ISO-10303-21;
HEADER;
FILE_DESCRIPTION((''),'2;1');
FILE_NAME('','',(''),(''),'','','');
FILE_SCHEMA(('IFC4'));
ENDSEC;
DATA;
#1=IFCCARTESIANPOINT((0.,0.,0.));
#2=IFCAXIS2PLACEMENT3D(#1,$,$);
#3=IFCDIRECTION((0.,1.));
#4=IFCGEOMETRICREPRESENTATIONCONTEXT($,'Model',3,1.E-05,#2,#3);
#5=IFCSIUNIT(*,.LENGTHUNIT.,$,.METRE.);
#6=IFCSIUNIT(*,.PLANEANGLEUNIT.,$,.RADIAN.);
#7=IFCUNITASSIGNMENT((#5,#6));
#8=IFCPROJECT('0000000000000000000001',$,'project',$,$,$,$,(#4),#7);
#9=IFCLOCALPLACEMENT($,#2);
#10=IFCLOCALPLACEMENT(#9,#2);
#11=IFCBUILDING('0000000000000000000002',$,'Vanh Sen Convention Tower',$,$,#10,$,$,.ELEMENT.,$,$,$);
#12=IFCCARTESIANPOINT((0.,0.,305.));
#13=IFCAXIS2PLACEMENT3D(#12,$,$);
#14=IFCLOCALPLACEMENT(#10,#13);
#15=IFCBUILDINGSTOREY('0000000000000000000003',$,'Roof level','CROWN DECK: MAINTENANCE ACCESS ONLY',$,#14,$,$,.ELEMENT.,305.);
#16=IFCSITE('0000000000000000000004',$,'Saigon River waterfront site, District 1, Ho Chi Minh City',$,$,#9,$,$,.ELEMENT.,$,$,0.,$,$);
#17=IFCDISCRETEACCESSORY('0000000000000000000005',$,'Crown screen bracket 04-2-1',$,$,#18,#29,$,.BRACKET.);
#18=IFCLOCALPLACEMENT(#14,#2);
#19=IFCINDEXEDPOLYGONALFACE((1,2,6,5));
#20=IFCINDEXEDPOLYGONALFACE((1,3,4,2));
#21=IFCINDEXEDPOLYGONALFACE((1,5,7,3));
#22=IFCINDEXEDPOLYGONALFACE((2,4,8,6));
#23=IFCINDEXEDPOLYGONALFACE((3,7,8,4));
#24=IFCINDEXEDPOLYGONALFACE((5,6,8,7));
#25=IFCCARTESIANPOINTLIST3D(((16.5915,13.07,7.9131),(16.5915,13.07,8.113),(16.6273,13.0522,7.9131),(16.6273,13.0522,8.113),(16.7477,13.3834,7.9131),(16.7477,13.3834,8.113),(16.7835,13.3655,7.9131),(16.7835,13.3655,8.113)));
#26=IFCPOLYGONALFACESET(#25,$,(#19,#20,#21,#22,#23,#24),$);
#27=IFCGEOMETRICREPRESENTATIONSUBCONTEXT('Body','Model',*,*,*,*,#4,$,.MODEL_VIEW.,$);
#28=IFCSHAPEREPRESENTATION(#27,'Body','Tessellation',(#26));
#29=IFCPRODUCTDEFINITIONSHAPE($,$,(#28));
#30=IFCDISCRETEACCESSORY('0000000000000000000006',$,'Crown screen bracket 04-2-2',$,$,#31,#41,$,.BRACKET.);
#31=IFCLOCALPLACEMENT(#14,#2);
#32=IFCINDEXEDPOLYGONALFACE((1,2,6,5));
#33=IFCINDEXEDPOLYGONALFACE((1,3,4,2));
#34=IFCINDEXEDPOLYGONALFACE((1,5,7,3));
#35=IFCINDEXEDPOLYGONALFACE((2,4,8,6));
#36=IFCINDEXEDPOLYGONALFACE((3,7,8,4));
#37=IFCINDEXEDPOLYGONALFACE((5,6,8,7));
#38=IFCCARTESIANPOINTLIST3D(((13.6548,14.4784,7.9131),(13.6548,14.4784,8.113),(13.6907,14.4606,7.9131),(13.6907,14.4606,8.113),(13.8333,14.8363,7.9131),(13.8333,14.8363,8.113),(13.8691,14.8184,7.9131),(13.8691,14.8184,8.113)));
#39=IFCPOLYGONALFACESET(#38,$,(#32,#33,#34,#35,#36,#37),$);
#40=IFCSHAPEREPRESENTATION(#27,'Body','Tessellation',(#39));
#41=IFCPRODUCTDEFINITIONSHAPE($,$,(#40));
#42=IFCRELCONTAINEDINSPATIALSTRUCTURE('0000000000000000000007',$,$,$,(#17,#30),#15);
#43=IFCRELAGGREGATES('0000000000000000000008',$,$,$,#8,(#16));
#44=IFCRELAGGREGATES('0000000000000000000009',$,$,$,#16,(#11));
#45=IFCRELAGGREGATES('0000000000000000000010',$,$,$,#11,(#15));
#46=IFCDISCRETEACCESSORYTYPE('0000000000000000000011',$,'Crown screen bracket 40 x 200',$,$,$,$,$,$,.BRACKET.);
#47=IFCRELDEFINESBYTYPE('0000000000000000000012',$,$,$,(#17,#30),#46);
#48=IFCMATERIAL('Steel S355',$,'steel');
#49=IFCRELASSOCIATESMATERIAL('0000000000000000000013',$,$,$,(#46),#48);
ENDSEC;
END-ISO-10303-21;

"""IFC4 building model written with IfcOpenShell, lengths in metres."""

from ifc_helpers import new_model, si_unit, direction, frame, origin, origin_2d, place, context, subcontext, project, spatial, rectangle, extrude, material, type_object, element, save


model = new_model("IFC4")

# Units and contexts
model_context = context("Model", 3, precision=1e-05, world=origin(), true_north=direction((0.0, 1.0)))
body_context = subcontext(model_context, "Body", "Model", "MODEL_VIEW")
ifc_project = project(units=[si_unit("LENGTHUNIT", "METRE"), si_unit("PLANEANGLEUNIT", "RADIAN")], contexts=[model_context])

# Site, building, storey
site_placement = place(None, origin())
site = spatial("IfcSite", under=ifc_project, at=site_placement, Name="Saigon River waterfront site, District 1, Ho Chi Minh City", CompositionType="ELEMENT", RefElevation=0.0)
building_placement = place(site_placement, origin())
building = spatial("IfcBuilding", under=site, at=building_placement, Name="Vanh Sen Convention Tower", CompositionType="ELEMENT")
storey_placement = place(building_placement, frame((0.0, 0.0, 305.0)))
storey = spatial("IfcBuildingStorey", under=building, at=storey_placement, Name="Roof level", Description="CROWN DECK: MAINTENANCE ACCESS ONLY", CompositionType="ELEMENT", Elevation=305.0)

# Discrete accessories
ifc_material_1 = material(Name="Steel S355", Category="steel")
discrete_accessory_type_1 = type_object("IfcDiscreteAccessoryType", Name="Crown screen bracket 40 x 200", PredefinedType="BRACKET", material=ifc_material_1)
discrete_accessory_1_placement = place(storey_placement, frame((16.6875, 13.2178, 7.9131), z_axis=(0.0, 0.0, 1.0), x_axis=(0.446204, 0.894931, 0.0)))
element("IfcDiscreteAccessory", 1, at=discrete_accessory_1_placement, inside=storey, type_object=discrete_accessory_type_1, Name="Crown screen bracket 04-2-1", PredefinedType="BRACKET", context=body_context, shape_type="SweptSolid", body=[
    extrude(rectangle(XDim=0.3501, YDim=0.04, at=origin_2d()), origin(), (0.0, 0.0, 1.0), 0.2),
])
discrete_accessory_2_placement = place(storey_placement, frame((13.762, 14.6484, 7.9131), z_axis=(0.0, 0.0, 1.0), x_axis=(0.446204, 0.894931, 0.0)))
element("IfcDiscreteAccessory", 2, at=discrete_accessory_2_placement, inside=storey, type_object=discrete_accessory_type_1, Name="Crown screen bracket 04-2-2", PredefinedType="BRACKET", context=body_context, shape_type="SweptSolid", body=[
    extrude(rectangle(XDim=0.3999, YDim=0.04, at=origin_2d()), origin(), (0.0, 0.0, 1.0), 0.2),
])

save(model, "model.ifc")
